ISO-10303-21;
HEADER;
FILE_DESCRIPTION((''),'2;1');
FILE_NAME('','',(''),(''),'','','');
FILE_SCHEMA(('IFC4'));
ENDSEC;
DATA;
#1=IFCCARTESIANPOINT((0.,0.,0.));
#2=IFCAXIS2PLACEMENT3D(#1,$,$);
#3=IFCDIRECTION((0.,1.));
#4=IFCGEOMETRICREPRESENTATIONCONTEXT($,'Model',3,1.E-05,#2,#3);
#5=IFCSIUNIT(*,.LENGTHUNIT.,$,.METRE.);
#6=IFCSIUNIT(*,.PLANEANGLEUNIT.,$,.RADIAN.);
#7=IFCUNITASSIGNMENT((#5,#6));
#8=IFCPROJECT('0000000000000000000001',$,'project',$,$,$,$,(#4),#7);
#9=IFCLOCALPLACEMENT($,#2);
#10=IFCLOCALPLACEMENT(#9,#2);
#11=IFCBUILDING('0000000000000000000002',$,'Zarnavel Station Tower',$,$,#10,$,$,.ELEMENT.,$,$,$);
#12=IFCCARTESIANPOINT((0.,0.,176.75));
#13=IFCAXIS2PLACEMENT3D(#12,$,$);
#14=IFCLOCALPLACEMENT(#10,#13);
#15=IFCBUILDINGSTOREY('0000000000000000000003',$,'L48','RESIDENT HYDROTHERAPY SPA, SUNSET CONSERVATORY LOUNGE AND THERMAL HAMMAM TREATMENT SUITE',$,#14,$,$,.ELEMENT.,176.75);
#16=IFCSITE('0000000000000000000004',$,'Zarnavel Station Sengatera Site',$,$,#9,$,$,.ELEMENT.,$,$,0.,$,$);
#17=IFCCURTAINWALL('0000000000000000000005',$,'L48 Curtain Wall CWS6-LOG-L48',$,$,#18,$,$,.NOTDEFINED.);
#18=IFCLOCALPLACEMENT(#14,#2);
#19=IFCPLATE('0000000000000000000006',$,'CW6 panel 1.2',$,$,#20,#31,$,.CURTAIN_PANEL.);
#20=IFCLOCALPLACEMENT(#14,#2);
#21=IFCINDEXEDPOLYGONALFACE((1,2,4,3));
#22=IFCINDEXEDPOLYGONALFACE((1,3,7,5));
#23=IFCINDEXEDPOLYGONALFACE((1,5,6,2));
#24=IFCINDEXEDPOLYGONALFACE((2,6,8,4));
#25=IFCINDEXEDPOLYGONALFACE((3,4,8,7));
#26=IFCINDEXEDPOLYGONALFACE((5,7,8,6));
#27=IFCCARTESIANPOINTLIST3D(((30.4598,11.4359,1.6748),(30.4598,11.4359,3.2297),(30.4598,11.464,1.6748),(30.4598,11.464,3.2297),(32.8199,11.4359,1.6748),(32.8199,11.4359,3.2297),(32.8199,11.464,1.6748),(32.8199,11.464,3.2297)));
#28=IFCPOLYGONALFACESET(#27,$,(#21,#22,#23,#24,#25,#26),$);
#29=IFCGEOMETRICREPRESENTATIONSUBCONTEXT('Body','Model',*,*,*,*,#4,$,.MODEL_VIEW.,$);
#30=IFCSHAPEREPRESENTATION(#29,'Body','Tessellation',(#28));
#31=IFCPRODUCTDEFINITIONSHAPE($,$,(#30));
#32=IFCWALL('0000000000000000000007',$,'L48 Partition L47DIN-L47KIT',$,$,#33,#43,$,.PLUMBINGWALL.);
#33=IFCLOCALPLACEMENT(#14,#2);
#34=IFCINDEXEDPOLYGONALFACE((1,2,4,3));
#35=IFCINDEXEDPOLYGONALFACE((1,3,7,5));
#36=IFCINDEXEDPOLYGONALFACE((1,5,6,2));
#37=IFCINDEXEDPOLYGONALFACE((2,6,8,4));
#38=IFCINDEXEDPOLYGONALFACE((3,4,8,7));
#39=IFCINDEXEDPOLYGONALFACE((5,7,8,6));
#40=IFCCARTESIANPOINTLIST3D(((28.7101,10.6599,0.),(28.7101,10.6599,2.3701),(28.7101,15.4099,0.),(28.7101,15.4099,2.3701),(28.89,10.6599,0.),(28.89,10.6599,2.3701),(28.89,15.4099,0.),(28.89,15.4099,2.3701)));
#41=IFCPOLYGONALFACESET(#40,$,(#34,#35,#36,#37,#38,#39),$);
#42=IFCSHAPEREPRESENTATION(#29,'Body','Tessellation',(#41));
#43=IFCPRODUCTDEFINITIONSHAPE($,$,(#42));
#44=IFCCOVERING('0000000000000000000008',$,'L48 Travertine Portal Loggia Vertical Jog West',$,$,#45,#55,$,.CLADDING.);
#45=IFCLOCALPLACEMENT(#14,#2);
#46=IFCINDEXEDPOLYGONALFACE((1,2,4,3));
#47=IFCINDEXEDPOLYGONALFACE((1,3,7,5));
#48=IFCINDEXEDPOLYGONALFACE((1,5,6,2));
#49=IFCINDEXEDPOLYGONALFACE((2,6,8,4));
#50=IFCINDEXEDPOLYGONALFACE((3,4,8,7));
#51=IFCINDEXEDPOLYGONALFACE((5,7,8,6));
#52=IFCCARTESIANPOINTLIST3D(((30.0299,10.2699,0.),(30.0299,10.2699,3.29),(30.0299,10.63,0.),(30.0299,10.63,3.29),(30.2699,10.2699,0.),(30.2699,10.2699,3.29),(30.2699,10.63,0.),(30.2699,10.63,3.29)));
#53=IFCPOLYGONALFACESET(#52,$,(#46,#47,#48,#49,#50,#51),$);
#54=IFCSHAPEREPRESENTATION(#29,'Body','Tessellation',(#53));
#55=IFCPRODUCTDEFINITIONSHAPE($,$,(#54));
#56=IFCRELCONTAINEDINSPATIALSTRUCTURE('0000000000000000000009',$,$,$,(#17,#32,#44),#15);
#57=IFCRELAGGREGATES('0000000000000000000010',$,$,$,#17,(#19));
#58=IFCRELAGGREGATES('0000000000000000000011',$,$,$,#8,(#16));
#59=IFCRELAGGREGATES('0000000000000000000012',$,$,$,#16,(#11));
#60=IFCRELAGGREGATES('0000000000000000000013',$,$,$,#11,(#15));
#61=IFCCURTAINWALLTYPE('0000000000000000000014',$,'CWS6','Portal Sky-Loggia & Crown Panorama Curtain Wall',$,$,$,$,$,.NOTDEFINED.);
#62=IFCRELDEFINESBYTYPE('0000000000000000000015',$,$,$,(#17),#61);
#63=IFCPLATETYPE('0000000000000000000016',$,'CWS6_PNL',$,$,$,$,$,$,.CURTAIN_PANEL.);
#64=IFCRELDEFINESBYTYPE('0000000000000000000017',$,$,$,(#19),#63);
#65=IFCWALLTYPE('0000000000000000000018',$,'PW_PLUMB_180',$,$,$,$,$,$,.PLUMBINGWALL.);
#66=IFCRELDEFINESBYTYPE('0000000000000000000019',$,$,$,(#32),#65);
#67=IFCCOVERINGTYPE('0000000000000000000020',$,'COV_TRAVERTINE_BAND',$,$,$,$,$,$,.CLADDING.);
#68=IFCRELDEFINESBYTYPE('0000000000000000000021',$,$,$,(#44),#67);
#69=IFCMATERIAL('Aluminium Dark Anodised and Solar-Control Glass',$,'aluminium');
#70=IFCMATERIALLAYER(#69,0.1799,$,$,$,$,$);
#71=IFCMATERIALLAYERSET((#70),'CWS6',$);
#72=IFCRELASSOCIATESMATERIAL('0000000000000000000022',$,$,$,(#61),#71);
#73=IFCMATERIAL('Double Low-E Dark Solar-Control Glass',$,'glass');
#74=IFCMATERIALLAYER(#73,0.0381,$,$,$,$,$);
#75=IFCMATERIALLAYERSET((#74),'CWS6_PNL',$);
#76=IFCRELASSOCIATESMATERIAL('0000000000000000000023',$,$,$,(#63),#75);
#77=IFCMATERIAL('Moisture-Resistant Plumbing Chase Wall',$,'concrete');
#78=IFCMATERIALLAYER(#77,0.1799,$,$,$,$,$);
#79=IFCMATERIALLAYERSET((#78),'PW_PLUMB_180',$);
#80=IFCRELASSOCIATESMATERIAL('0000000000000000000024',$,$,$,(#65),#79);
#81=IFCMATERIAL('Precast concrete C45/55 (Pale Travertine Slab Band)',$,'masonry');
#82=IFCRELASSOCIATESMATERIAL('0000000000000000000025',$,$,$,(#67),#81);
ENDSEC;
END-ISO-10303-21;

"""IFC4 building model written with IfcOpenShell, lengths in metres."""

from ifc_helpers import new_model, si_unit, direction, frame, frame_2d, origin, origin_2d, place, context, subcontext, project, spatial, rectangle, extrude, material, layer, layer_set, type_object, element, aggregate, save


model = new_model("IFC4")

# Units and contexts
model_context = context("Model", 3, precision=1e-05, world=origin(), true_north=direction((0.0, 1.0)))
body_context = subcontext(model_context, "Body", "Model", "MODEL_VIEW")
ifc_project = project(units=[si_unit("LENGTHUNIT", "METRE"), si_unit("PLANEANGLEUNIT", "RADIAN")], contexts=[model_context])

# Site, building, storey
site_placement = place(None, origin())
site = spatial("IfcSite", under=ifc_project, at=site_placement, Name="Zarnavel Station Sengatera Site", CompositionType="ELEMENT", RefElevation=0.0)
building_placement = place(site_placement, origin())
building = spatial("IfcBuilding", under=site, at=building_placement, Name="Zarnavel Station Tower", CompositionType="ELEMENT")
storey_placement = place(building_placement, frame((0.0, 0.0, 176.75)))
storey = spatial("IfcBuildingStorey", under=building, at=storey_placement, Name="L48", Description="RESIDENT HYDROTHERAPY SPA, SUNSET CONSERVATORY LOUNGE AND THERMAL HAMMAM TREATMENT SUITE", CompositionType="ELEMENT", Elevation=176.75)

# Curtain wall
ifc_material_1 = material(Name="Aluminium Dark Anodised and Solar-Control Glass", Category="aluminium")
ifc_layer_1 = layer(ifc_material_1, 0.1799)
ifc_layer_set_1 = layer_set([ifc_layer_1], Name="CWS6")
curtain_wall_type_1 = type_object("IfcCurtainWallType", Name="CWS6", Description="Portal Sky-Loggia & Crown Panorama Curtain Wall", PredefinedType="NOTDEFINED", material=ifc_layer_set_1)
curtain_wall_1_placement = place(storey_placement, origin())
curtain_wall_1 = element("IfcCurtainWall", 1, at=curtain_wall_1_placement, inside=storey, type_object=curtain_wall_type_1, Name="L48 Curtain Wall CWS6-LOG-L48", PredefinedType="NOTDEFINED")

# Plate
ifc_material_2 = material(Name="Double Low-E Dark Solar-Control Glass", Category="glass")
ifc_layer_2 = layer(ifc_material_2, 0.0381)
ifc_layer_set_2 = layer_set([ifc_layer_2], Name="CWS6_PNL")
plate_type_1 = type_object("IfcPlateType", Name="CWS6_PNL", PredefinedType="CURTAIN_PANEL", material=ifc_layer_set_2)
plate_1_placement = place(storey_placement, frame((31.6399, 11.45, 1.6748), z_axis=(0.0, 0.0, 1.0), x_axis=(1.0, 0.0, 0.0)))
plate_1 = element("IfcPlate", 2, at=plate_1_placement, type_object=plate_type_1, Name="CW6 panel 1.2", PredefinedType="CURTAIN_PANEL", context=body_context, shape_type="SweptSolid", body=[
    extrude(rectangle(XDim=2.3601, YDim=0.0281, at=origin_2d()), origin(), (0.0, 0.0, 1.0), 1.5549),
])
aggregate(curtain_wall_1, [plate_1])

# Shared definitions
ifc_material_3 = material(Name="Moisture-Resistant Plumbing Chase Wall", Category="concrete")
ifc_layer_3 = layer(ifc_material_3, 0.1799)
ifc_layer_set_3 = layer_set([ifc_layer_3], Name="PW_PLUMB_180")
wall_type = type_object("IfcWallType", Name="PW_PLUMB_180", PredefinedType="PLUMBINGWALL", material=ifc_layer_set_3)

# Wall
wall_1_placement = place(storey_placement, frame((28.8, 10.6599, 0.0), z_axis=(0.0, 0.0, 1.0), x_axis=(0.0, 1.0, 0.0)))
element("IfcWall", 3, at=wall_1_placement, inside=storey, type_object=wall_type, Name="L48 Partition L47DIN-L47KIT", PredefinedType="PLUMBINGWALL", context=body_context, shape_type="SweptSolid", body=[
    extrude(rectangle(XDim=4.75, YDim=0.1799, at=frame_2d((2.375, 0.0))), origin(), (0.0, 0.0, 1.0), 2.3701),
])

# Covering
ifc_material_4 = material(Name="Precast concrete C45/55 (Pale Travertine Slab Band)", Category="masonry")
covering_type = type_object("IfcCoveringType", Name="COV_TRAVERTINE_BAND", PredefinedType="CLADDING", material=ifc_material_4)
covering_placement = place(storey_placement, frame((30.1499, 10.45, 0.0), z_axis=(0.0, 0.0, 1.0), x_axis=(1.0, 0.0, 0.0)))
element("IfcCovering", 4, at=covering_placement, inside=storey, type_object=covering_type, Name="L48 Travertine Portal Loggia Vertical Jog West", PredefinedType="CLADDING", context=body_context, shape_type="SweptSolid", body=[
    extrude(rectangle(XDim=0.24, YDim=0.3601, at=origin_2d()), origin(), (0.0, 0.0, 1.0), 3.29),
])

save(model, "model.ifc")
